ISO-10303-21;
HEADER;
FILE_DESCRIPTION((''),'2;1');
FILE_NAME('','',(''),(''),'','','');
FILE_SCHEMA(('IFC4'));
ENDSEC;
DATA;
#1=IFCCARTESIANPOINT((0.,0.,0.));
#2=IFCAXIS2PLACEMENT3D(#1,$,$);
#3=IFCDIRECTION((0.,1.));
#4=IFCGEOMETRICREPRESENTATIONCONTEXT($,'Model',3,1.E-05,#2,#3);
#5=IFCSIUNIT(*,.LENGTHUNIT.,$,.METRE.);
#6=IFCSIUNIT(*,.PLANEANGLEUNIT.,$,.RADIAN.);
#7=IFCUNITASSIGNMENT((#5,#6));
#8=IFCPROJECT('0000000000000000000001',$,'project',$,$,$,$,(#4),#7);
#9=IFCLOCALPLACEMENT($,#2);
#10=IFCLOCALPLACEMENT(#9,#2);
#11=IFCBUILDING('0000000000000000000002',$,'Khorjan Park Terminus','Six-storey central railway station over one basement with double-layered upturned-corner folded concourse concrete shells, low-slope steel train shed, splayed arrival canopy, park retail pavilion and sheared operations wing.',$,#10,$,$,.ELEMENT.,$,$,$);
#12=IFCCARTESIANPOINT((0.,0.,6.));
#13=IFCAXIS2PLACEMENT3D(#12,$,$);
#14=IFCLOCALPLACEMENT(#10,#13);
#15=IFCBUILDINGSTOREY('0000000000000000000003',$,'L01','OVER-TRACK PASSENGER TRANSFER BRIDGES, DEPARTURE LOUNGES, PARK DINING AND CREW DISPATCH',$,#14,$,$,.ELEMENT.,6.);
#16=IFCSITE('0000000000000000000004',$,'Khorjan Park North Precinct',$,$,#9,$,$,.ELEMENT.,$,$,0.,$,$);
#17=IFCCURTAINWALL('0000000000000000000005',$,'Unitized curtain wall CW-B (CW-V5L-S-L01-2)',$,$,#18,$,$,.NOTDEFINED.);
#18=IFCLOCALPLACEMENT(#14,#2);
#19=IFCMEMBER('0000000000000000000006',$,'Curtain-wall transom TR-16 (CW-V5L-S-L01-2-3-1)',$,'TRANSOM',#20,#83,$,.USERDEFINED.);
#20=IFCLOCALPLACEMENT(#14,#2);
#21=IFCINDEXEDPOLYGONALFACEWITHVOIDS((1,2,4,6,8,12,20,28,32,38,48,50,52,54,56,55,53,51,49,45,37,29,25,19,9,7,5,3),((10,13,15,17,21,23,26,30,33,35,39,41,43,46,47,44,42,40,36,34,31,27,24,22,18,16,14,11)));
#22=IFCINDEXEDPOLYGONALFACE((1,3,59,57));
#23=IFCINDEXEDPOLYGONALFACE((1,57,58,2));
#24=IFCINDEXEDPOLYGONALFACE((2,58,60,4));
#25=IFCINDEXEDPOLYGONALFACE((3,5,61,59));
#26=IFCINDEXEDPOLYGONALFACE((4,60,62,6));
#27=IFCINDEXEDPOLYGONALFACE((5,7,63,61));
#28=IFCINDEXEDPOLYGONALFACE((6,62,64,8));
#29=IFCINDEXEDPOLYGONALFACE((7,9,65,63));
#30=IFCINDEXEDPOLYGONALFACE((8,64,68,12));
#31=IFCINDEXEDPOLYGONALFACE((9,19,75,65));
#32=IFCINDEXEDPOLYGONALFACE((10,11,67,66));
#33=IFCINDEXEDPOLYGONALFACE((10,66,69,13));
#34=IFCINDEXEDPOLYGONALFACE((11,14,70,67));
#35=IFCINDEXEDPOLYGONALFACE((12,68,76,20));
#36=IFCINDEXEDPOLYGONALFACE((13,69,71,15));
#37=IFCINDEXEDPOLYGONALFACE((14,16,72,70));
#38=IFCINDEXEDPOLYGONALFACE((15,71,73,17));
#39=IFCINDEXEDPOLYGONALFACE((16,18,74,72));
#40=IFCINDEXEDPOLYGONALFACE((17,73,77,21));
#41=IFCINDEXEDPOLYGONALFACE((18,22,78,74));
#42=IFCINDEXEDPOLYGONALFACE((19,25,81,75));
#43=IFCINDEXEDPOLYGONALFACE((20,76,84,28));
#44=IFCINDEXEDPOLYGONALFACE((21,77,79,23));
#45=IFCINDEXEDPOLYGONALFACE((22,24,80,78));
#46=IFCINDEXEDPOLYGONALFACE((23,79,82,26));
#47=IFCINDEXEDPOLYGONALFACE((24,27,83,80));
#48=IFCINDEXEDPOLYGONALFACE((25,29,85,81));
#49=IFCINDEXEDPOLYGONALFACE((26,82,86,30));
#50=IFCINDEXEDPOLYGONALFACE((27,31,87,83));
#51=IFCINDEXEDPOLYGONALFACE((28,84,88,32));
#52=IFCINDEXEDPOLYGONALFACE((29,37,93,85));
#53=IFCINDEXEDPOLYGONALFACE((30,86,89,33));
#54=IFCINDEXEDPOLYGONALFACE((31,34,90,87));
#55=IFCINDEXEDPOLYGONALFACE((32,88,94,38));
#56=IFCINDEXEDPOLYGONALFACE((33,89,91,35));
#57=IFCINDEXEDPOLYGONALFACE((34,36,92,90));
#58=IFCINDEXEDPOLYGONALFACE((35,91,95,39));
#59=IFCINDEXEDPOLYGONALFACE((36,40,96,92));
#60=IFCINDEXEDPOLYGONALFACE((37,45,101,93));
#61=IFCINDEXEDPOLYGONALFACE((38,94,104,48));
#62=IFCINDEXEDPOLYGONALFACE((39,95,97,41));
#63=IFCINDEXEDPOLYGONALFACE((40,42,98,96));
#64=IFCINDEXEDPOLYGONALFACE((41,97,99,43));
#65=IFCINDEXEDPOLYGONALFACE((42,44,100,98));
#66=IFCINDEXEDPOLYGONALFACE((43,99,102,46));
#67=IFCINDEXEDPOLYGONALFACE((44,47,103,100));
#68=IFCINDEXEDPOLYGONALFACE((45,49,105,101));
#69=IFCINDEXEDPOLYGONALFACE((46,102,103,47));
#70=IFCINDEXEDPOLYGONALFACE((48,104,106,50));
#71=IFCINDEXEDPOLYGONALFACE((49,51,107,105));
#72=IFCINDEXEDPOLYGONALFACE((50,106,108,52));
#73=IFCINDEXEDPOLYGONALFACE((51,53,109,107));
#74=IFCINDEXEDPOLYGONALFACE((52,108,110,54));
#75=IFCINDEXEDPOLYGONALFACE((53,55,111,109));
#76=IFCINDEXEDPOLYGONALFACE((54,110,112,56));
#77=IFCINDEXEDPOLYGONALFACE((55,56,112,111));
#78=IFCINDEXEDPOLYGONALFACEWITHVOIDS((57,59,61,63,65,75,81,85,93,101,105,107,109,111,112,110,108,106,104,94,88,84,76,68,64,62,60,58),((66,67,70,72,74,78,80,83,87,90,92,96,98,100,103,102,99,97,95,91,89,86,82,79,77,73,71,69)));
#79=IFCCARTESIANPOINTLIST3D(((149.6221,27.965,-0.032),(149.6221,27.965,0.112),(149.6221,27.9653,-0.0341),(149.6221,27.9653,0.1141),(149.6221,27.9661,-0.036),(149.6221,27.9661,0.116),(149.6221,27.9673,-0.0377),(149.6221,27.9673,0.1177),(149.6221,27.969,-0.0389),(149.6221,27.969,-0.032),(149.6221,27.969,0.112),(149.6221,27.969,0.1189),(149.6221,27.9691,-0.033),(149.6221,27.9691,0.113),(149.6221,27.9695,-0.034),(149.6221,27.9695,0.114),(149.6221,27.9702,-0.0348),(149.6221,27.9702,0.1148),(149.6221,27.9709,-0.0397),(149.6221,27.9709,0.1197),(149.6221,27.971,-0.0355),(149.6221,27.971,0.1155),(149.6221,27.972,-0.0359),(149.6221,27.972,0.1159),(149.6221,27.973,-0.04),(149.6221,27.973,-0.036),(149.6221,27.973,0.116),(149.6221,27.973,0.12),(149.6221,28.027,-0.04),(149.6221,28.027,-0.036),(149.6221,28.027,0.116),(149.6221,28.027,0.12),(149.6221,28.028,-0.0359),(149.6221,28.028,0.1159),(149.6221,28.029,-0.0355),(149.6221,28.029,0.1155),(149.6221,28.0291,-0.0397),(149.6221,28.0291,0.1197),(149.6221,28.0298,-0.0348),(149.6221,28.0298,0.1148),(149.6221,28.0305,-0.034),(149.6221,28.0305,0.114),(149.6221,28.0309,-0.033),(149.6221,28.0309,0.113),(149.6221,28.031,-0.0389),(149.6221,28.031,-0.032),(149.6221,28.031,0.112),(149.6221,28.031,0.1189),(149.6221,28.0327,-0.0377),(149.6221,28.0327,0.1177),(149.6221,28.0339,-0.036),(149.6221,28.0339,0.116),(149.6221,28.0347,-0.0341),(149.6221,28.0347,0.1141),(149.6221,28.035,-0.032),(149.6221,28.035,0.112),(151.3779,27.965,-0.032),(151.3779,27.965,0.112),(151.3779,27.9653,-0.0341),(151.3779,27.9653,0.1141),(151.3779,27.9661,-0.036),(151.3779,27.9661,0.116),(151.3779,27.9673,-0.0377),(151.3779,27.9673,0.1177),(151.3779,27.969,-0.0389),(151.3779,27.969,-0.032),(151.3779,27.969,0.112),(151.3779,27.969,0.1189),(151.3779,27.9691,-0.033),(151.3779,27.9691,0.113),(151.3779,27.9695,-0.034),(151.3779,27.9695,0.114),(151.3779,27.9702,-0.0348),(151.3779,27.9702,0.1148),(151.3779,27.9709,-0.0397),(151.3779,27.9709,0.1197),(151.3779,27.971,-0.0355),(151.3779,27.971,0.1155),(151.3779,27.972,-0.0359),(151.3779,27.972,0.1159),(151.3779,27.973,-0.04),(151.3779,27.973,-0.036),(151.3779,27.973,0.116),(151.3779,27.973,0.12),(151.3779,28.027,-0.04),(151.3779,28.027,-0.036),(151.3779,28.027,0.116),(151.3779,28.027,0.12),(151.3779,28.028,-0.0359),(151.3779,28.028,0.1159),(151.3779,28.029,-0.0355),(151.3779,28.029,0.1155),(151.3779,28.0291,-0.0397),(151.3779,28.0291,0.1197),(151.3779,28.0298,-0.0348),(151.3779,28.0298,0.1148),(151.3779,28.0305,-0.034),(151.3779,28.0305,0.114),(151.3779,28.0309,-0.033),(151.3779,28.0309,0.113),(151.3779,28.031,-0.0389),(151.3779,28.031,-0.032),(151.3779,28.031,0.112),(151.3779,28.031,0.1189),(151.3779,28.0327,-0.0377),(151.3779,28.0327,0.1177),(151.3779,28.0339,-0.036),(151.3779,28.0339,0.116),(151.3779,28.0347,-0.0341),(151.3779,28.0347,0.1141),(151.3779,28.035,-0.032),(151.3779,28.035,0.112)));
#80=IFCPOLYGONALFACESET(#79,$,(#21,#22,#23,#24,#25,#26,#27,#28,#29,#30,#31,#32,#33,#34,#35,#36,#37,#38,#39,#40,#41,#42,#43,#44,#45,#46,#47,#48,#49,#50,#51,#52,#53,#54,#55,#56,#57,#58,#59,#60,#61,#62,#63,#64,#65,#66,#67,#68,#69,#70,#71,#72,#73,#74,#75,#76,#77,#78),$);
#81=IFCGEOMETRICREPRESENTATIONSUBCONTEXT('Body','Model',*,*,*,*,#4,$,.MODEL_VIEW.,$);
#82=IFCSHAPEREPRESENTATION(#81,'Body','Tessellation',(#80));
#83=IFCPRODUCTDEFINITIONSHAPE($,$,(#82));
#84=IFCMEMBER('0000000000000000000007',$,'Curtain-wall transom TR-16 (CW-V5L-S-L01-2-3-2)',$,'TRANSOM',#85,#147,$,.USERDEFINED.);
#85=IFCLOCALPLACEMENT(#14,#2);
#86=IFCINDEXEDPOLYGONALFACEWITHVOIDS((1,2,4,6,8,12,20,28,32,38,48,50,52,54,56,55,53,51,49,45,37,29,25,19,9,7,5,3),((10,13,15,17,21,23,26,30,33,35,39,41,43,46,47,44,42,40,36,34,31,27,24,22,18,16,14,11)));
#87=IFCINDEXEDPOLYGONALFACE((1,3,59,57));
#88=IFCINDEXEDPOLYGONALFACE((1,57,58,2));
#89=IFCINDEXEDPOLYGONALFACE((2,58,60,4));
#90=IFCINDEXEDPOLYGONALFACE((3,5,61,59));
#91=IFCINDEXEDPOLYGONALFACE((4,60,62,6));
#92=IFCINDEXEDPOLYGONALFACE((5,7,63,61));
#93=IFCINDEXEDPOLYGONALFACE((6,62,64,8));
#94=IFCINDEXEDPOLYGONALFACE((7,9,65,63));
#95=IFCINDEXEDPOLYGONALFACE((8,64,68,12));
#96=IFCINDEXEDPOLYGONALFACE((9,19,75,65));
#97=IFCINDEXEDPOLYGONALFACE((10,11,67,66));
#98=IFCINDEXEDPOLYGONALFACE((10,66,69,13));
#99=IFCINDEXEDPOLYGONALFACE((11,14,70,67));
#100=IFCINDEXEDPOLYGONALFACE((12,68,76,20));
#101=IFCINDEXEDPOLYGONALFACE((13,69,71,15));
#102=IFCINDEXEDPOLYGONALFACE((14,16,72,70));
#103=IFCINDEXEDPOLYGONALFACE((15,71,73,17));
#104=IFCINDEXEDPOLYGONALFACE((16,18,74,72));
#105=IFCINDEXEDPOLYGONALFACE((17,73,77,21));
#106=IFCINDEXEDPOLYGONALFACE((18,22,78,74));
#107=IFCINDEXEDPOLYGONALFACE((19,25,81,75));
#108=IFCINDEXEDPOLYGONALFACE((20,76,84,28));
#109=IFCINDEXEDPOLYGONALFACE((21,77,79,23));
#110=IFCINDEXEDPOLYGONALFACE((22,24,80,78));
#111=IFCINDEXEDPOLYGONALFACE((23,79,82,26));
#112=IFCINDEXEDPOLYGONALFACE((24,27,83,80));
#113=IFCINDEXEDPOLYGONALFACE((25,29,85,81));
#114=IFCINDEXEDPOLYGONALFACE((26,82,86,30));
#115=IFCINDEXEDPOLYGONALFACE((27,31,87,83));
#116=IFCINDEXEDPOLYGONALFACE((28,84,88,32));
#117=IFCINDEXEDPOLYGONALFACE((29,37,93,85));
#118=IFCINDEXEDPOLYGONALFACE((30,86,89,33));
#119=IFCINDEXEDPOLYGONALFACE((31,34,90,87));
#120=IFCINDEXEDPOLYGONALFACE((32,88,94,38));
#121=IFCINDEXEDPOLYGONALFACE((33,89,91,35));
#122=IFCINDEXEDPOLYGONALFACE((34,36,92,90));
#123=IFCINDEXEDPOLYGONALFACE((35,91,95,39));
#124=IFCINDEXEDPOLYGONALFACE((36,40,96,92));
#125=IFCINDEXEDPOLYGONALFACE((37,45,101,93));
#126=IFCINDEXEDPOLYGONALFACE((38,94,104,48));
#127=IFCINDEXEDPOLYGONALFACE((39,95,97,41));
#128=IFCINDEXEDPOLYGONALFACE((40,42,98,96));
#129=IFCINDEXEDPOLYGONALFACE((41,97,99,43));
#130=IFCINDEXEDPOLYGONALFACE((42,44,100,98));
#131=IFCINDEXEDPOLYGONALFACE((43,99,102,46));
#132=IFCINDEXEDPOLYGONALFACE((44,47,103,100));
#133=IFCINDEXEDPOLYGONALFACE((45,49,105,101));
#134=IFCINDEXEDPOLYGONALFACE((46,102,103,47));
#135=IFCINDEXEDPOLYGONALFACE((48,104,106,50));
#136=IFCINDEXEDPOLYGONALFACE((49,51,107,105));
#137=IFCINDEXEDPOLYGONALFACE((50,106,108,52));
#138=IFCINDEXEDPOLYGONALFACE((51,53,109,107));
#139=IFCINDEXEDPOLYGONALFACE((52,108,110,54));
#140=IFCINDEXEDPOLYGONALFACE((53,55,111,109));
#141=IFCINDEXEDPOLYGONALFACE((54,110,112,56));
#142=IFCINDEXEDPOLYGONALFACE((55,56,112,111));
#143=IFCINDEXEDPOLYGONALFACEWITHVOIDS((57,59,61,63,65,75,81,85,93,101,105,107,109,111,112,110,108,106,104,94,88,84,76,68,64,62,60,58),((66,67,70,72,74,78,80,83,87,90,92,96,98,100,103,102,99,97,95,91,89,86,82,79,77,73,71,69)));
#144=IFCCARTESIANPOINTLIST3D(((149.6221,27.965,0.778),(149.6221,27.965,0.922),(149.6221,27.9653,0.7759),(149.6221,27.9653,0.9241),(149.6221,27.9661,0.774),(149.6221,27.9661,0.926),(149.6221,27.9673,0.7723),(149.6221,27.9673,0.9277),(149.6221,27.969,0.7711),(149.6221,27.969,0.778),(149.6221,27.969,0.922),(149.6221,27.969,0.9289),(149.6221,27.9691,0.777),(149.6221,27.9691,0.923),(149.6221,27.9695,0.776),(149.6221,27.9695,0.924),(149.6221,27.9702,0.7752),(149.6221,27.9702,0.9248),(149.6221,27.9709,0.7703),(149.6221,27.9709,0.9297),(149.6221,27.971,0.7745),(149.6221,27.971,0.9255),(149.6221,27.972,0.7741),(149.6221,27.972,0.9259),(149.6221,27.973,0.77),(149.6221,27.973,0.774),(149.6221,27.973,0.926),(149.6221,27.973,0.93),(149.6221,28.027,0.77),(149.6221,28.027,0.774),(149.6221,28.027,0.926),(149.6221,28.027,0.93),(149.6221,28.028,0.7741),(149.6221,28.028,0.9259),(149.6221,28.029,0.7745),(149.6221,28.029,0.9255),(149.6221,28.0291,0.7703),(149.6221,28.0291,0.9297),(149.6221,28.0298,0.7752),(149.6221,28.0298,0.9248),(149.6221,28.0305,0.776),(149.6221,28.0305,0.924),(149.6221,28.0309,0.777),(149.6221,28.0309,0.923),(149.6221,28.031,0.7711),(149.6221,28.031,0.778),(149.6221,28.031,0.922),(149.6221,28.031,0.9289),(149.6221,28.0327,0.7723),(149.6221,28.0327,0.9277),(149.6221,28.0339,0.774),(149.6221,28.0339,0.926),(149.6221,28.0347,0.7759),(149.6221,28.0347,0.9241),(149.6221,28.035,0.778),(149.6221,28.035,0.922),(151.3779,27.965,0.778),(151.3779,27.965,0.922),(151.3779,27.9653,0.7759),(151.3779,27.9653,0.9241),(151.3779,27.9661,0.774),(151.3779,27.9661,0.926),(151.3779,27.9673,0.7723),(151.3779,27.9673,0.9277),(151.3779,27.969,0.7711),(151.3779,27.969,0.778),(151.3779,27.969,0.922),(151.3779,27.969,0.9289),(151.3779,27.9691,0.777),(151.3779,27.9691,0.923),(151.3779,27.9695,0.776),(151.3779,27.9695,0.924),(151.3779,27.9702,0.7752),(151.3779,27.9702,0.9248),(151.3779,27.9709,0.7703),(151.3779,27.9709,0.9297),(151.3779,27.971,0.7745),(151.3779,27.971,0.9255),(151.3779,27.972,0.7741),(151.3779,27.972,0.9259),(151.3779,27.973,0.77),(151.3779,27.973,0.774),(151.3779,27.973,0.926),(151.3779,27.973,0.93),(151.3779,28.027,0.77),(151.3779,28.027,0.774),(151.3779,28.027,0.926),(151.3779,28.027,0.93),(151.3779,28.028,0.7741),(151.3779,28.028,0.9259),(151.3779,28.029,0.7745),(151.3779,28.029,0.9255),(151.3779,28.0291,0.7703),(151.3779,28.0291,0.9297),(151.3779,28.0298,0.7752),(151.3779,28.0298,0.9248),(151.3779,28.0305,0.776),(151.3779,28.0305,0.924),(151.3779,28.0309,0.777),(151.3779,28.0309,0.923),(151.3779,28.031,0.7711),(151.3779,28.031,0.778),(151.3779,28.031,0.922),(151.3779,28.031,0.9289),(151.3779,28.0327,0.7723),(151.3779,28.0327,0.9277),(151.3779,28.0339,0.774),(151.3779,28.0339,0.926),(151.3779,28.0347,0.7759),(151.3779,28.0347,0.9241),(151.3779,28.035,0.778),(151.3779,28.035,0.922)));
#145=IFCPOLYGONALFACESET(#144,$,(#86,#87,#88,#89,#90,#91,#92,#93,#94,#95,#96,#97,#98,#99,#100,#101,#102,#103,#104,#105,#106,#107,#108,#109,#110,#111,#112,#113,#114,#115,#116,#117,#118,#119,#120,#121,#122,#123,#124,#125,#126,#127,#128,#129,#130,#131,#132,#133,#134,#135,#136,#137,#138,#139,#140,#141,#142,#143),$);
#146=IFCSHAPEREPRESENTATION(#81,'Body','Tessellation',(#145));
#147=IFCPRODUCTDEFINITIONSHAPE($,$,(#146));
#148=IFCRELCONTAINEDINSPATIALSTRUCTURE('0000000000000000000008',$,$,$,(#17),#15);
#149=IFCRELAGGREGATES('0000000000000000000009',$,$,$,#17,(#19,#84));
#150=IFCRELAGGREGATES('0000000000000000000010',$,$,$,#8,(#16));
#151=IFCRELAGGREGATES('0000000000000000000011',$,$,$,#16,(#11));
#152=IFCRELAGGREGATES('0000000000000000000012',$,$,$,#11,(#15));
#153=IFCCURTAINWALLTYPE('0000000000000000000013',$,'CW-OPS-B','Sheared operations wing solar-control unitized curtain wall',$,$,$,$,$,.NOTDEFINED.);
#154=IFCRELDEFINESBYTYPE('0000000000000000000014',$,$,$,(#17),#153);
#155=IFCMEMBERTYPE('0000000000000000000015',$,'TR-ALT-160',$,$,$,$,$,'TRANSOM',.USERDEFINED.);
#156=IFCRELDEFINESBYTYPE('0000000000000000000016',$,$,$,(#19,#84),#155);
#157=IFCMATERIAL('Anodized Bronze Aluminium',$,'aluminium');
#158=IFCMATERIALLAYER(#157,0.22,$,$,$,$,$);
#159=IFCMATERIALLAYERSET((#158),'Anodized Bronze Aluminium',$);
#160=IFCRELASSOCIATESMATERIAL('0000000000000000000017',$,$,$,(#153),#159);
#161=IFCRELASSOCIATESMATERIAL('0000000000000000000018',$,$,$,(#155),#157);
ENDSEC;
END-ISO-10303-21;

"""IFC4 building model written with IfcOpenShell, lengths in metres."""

from ifc_helpers import new_model, si_unit, direction, frame, origin, origin_2d, place, context, subcontext, project, spatial, hollow_rectangle, extrude, material, layer, layer_set, material_profile, profile_set, type_object, element, aggregate, save


model = new_model("IFC4")

# Units and contexts
model_context = context("Model", 3, precision=1e-05, world=origin(), true_north=direction((0.0, 1.0)))
body_context = subcontext(model_context, "Body", "Model", "MODEL_VIEW")
ifc_project = project(units=[si_unit("LENGTHUNIT", "METRE"), si_unit("PLANEANGLEUNIT", "RADIAN")], contexts=[model_context])

# Site, building, storey
site_placement = place(None, origin())
site = spatial("IfcSite", under=ifc_project, at=site_placement, Name="Khorjan Park North Precinct", CompositionType="ELEMENT", RefElevation=0.0)
building_placement = place(site_placement, origin())
building = spatial("IfcBuilding", under=site, at=building_placement, Name="Khorjan Park Terminus", Description="Six-storey central railway station over one basement with double-layered upturned-corner folded concourse concrete shells, low-slope steel train shed, splayed arrival canopy, park retail pavilion and sheared operations wing.", CompositionType="ELEMENT")
storey_placement = place(building_placement, frame((0.0, 0.0, 6.0)))
storey = spatial("IfcBuildingStorey", under=building, at=storey_placement, Name="L01", Description="OVER-TRACK PASSENGER TRANSFER BRIDGES, DEPARTURE LOUNGES, PARK DINING AND CREW DISPATCH", CompositionType="ELEMENT", Elevation=6.0)

# Curtain wall, members
ifc_material_1 = material(Name="Anodized Bronze Aluminium", Category="aluminium")
ifc_layer_1 = layer(ifc_material_1, 0.22)
ifc_layer_set_1 = layer_set([ifc_layer_1], Name="Anodized Bronze Aluminium")
curtain_wall_type = type_object("IfcCurtainWallType", Name="CW-OPS-B", Description="Sheared operations wing solar-control unitized curtain wall", PredefinedType="NOTDEFINED", material=ifc_layer_set_1)
curtain_wall_placement = place(storey_placement, origin())
curtain_wall = element("IfcCurtainWall", 1, at=curtain_wall_placement, inside=storey, type_object=curtain_wall_type, Name="Unitized curtain wall CW-B (CW-V5L-S-L01-2)", PredefinedType="NOTDEFINED")
ifc_material_profile_1 = material_profile(ifc_material_1, hollow_rectangle(XDim=0.07, YDim=0.16, WallThickness=0.004, InnerFilletRadius=0.004, OuterFilletRadius=0.008, at=origin_2d()), Name="ALT 70x160x4")
ifc_profile_set_1 = profile_set([ifc_material_profile_1], Name="Anodized Bronze Aluminium")
member_type_1 = type_object("IfcMemberType", Name="TR-ALT-160", ElementType="TRANSOM", PredefinedType="USERDEFINED", material=ifc_profile_set_1)
member_1_placement = place(storey_placement, frame((149.6221, 28.0, 0.04), z_axis=(1.0, 0.0, 0.0), x_axis=(0.0, 1.0, 0.0)))
member_1 = element("IfcMember", 2, at=member_1_placement, type_object=member_type_1, Name="Curtain-wall transom TR-16 (CW-V5L-S-L01-2-3-1)", ObjectType="TRANSOM", PredefinedType="USERDEFINED", context=body_context, shape_type="SweptSolid", body=[
    extrude(hollow_rectangle(XDim=0.07, YDim=0.16, WallThickness=0.004, InnerFilletRadius=0.004, OuterFilletRadius=0.008, at=origin_2d()), origin(), (0.0, 0.0, 1.0), 1.7558),
])
member_2_placement = place(storey_placement, frame((149.6221, 28.0, 0.85), z_axis=(1.0, 0.0, 0.0), x_axis=(0.0, 1.0, 0.0)))
member_2 = element("IfcMember", 3, at=member_2_placement, type_object=member_type_1, Name="Curtain-wall transom TR-16 (CW-V5L-S-L01-2-3-2)", ObjectType="TRANSOM", PredefinedType="USERDEFINED", context=body_context, shape_type="SweptSolid", body=[
    extrude(hollow_rectangle(XDim=0.07, YDim=0.16, WallThickness=0.004, InnerFilletRadius=0.004, OuterFilletRadius=0.008, at=origin_2d()), origin(), (0.0, 0.0, 1.0), 1.7558),
])
aggregate(curtain_wall, [member_1, member_2])

save(model, "model.ifc")
